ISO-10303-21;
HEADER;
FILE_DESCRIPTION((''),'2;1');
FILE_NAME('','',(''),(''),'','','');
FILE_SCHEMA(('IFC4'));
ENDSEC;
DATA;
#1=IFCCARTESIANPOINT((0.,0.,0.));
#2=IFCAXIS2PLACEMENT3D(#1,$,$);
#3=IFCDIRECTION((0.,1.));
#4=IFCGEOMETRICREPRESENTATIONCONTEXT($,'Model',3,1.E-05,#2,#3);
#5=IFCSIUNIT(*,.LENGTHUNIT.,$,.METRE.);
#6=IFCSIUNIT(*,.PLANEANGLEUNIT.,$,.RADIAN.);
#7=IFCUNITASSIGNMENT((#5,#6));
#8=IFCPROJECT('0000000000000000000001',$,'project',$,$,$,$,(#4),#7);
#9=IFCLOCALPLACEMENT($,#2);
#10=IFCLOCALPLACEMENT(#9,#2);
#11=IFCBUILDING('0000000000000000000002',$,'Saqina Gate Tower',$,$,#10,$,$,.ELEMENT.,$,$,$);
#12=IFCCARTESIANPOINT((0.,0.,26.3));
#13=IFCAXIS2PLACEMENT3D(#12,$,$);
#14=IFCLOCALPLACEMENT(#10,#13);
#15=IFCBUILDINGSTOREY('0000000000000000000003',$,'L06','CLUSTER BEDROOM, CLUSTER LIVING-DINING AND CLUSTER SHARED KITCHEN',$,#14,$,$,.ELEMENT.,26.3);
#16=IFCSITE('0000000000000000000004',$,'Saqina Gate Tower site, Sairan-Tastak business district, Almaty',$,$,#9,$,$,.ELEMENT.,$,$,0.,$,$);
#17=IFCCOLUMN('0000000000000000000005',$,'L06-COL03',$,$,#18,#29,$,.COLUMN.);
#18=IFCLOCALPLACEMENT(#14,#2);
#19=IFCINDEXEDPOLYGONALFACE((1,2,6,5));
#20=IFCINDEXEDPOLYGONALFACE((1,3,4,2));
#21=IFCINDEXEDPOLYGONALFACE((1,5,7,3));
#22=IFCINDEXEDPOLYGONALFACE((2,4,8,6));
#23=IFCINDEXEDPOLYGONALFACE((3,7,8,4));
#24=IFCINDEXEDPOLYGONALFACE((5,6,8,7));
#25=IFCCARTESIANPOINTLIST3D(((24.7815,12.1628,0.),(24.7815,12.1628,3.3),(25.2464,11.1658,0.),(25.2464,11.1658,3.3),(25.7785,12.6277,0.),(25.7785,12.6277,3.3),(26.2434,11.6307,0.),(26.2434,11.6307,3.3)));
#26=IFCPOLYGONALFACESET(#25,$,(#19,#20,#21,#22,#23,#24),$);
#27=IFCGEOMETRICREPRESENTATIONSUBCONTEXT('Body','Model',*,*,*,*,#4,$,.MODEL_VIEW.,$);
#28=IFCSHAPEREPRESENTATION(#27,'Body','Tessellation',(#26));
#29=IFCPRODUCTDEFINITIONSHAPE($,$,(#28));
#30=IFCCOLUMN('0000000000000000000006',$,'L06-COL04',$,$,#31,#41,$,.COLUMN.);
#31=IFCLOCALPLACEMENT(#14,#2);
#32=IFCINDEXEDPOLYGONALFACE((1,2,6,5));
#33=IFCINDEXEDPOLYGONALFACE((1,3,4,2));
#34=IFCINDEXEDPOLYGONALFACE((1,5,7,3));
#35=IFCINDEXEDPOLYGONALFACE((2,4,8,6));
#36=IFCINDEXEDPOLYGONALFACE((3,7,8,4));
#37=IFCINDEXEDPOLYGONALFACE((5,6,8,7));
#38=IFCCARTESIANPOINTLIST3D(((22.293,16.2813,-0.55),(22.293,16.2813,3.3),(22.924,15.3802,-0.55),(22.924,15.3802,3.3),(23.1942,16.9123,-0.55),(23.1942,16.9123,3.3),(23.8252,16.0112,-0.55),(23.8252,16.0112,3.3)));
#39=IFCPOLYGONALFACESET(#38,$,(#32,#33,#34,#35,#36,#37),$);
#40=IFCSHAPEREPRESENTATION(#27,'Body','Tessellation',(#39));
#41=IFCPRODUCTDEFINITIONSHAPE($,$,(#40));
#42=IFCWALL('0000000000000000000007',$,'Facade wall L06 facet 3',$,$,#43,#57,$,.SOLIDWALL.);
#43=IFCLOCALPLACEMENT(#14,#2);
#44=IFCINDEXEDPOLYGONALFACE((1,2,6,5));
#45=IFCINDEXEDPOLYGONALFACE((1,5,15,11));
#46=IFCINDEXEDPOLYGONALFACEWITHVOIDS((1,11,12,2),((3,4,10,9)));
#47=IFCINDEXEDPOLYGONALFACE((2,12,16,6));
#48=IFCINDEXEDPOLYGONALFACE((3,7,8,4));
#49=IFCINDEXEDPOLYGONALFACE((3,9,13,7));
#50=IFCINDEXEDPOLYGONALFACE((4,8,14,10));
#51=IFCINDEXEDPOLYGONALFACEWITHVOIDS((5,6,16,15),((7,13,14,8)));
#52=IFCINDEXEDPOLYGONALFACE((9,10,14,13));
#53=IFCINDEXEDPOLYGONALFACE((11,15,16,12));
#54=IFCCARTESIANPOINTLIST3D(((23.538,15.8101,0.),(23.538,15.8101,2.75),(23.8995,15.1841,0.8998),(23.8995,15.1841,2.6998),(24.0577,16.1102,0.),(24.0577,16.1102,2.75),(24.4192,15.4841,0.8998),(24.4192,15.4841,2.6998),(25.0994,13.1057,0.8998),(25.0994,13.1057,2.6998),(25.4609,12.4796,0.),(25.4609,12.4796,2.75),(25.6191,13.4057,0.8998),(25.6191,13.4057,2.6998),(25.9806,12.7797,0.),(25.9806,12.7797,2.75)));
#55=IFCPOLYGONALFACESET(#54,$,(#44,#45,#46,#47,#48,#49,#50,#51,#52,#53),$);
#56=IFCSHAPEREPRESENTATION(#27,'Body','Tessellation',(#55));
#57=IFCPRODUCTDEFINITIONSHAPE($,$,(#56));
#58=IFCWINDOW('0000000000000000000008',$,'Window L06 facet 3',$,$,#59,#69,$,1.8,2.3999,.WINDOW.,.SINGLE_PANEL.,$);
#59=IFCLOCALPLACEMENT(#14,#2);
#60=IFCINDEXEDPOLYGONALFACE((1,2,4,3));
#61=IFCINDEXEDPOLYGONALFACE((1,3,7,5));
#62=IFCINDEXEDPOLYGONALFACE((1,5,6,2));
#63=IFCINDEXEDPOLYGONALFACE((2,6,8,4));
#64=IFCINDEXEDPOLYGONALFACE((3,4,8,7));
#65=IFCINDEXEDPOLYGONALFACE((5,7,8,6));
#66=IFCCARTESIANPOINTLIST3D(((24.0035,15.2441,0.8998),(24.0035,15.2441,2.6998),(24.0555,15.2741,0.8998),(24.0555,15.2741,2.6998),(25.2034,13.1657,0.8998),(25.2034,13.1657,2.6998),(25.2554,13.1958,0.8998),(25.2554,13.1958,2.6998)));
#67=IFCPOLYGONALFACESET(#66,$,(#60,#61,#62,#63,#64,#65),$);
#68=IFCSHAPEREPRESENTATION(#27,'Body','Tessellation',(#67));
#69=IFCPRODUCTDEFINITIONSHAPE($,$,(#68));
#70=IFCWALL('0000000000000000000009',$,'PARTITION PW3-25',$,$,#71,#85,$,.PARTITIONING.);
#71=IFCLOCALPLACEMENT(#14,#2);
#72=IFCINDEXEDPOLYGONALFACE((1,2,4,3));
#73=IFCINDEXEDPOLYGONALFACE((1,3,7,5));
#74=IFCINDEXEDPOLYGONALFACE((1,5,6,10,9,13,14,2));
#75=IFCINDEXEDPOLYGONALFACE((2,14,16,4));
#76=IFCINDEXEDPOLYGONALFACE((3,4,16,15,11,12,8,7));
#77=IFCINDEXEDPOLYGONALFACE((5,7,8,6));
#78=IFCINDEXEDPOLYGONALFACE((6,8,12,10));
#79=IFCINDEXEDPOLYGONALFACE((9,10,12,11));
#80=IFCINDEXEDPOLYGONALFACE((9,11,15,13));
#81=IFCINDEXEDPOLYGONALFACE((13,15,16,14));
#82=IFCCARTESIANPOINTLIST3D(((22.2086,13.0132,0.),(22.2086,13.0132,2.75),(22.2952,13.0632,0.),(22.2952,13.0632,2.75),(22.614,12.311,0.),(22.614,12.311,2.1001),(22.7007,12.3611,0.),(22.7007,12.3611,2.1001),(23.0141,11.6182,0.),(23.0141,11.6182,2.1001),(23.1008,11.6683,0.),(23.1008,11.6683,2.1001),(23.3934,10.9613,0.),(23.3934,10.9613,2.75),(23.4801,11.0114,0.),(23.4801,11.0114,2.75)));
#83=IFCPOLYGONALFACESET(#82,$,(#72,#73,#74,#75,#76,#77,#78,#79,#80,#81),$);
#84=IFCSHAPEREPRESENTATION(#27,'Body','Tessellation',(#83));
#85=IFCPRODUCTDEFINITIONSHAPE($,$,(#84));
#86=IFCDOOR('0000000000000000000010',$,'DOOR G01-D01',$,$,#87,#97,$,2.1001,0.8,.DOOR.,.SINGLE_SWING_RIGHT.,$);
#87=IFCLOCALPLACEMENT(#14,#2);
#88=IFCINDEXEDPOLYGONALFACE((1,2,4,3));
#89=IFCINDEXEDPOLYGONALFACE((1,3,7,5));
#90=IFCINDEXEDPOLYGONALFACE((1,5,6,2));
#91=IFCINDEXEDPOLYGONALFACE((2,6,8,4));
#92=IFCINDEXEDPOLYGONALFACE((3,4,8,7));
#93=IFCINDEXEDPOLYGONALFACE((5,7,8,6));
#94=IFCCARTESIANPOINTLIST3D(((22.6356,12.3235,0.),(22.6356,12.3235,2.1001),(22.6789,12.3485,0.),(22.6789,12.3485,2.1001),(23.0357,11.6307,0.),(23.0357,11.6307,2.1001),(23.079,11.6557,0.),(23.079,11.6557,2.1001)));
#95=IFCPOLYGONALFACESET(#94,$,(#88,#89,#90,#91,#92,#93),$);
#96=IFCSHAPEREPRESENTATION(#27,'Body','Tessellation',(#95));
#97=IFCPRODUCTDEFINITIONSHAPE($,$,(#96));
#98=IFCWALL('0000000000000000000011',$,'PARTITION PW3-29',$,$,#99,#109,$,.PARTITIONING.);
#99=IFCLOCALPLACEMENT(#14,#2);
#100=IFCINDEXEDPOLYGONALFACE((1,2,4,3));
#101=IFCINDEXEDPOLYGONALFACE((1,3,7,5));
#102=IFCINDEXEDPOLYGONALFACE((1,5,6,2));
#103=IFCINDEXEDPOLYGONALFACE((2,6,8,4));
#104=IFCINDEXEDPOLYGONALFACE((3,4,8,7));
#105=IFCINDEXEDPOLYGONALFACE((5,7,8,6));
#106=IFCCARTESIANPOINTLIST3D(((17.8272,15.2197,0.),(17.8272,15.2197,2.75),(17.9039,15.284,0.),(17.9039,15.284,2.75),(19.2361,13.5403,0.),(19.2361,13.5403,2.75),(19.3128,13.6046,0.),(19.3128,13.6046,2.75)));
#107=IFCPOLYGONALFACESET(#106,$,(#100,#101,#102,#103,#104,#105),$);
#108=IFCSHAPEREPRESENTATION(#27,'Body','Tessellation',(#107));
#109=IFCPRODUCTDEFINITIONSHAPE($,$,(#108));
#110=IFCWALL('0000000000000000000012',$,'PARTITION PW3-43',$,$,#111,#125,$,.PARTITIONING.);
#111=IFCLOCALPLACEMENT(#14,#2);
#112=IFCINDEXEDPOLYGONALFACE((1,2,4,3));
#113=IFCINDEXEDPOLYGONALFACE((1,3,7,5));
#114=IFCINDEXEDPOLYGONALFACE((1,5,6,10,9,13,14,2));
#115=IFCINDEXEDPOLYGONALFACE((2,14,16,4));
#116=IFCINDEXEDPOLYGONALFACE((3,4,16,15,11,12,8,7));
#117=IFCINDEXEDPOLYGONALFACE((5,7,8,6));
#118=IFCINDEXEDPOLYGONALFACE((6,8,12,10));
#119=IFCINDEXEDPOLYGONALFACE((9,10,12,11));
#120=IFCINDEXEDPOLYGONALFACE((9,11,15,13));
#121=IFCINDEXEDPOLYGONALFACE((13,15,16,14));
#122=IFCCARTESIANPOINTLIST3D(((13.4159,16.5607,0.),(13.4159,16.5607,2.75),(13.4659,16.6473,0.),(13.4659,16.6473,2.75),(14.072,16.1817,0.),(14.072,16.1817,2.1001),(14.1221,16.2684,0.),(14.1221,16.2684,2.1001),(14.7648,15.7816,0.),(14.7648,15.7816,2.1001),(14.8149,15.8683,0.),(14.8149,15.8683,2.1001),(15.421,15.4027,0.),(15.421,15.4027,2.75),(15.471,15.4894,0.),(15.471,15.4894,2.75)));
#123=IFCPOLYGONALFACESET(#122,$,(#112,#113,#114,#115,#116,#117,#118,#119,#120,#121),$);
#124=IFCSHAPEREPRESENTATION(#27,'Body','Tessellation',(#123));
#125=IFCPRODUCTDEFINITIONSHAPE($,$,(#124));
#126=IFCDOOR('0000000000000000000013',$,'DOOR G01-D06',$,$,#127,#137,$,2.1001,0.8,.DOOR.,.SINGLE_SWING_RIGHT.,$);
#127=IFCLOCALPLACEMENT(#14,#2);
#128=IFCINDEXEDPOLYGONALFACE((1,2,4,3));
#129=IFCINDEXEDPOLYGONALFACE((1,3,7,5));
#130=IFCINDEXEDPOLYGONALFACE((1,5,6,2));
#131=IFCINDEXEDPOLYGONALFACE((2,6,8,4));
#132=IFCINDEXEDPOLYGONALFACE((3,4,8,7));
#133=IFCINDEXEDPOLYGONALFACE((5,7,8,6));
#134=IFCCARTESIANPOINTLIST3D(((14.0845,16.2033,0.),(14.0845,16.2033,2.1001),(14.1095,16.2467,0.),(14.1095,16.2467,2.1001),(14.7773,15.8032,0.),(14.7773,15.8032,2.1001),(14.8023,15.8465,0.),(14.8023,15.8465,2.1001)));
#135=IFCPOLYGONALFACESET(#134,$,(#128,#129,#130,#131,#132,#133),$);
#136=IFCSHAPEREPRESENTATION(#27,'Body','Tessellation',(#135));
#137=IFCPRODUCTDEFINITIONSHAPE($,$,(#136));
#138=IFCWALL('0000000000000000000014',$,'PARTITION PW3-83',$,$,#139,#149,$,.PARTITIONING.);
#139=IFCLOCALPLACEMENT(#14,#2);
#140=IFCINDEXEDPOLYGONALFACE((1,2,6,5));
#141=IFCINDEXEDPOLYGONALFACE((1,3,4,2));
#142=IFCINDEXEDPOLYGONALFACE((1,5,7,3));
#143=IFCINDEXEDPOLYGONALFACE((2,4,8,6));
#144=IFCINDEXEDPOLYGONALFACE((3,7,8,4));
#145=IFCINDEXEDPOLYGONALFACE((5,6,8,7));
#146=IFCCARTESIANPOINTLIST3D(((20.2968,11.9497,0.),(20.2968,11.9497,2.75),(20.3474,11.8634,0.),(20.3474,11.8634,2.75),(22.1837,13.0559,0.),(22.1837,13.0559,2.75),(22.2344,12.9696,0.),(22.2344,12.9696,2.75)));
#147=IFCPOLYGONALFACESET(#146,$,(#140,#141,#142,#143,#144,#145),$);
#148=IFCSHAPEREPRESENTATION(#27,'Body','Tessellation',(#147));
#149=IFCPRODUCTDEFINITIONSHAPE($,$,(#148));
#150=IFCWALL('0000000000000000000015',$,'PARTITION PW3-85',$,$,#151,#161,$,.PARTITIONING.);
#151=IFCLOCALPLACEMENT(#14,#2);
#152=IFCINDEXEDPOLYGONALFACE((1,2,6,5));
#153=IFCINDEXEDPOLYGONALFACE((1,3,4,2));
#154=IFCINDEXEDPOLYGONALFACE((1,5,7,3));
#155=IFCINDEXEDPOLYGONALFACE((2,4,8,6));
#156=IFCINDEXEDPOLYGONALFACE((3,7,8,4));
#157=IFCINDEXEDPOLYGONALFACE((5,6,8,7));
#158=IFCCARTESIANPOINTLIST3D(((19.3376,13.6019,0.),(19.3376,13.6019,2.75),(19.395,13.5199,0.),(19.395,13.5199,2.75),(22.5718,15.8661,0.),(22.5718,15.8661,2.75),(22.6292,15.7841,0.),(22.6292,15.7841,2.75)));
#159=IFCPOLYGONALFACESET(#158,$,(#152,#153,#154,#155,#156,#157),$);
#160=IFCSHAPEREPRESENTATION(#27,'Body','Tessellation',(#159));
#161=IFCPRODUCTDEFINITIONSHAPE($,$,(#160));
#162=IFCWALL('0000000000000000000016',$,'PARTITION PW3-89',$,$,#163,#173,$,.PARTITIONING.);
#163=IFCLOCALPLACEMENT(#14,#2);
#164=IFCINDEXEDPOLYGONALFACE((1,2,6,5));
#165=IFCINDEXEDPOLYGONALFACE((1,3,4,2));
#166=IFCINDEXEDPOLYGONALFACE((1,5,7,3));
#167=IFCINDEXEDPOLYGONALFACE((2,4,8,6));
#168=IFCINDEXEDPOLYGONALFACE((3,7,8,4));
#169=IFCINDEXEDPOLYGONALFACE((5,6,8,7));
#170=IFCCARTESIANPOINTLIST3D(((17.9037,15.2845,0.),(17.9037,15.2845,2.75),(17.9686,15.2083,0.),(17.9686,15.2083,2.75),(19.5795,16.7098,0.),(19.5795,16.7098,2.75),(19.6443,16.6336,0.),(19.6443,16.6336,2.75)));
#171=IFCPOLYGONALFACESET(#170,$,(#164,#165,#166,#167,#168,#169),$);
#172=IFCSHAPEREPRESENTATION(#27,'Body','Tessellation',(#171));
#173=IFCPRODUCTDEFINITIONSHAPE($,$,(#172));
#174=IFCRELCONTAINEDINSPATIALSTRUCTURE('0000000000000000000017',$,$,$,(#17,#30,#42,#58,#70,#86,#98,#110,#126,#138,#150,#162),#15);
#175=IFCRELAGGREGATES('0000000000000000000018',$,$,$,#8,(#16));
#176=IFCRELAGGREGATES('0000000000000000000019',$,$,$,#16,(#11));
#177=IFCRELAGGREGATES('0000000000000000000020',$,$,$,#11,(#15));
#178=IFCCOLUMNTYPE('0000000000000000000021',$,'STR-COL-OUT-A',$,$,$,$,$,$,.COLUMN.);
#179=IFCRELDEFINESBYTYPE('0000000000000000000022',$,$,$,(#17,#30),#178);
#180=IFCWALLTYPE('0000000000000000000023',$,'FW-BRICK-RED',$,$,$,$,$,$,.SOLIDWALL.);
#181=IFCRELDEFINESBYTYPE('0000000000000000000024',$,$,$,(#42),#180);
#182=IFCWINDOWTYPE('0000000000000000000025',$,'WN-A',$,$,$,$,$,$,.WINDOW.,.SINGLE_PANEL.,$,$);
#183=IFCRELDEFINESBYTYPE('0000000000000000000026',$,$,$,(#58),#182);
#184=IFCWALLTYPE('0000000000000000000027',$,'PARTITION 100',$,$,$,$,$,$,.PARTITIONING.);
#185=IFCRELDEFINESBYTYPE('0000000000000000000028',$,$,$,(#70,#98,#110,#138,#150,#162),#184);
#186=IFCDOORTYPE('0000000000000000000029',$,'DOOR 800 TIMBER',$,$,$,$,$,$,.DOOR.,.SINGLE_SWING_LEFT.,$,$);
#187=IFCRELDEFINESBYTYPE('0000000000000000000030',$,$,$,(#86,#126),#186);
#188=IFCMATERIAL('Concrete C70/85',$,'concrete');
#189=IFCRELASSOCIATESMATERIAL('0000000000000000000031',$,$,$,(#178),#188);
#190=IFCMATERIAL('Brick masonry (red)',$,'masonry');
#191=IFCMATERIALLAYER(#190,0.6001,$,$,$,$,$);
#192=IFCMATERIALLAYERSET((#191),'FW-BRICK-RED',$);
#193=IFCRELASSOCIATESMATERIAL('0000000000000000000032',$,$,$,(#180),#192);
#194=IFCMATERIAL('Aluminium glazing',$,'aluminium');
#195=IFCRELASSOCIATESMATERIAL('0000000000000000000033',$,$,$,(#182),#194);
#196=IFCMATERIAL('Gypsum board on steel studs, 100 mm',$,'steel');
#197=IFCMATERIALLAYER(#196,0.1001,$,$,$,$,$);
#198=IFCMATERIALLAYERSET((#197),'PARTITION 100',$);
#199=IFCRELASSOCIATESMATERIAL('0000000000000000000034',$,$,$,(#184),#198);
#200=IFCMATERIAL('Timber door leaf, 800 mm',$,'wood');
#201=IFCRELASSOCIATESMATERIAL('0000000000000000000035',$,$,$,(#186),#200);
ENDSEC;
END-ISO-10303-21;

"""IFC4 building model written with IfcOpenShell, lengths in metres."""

from ifc_helpers import new_model, si_unit, direction, frame, frame_2d, origin, origin_2d, place, context, subcontext, project, spatial, rectangle, extrude, material, layer, layer_set, material_profile, profile_set, type_object, element, fill, save


model = new_model("IFC4")

# Units and contexts
model_context = context("Model", 3, precision=1e-05, world=origin(), true_north=direction((0.0, 1.0)))
body_context = subcontext(model_context, "Body", "Model", "MODEL_VIEW")
ifc_project = project(units=[si_unit("LENGTHUNIT", "METRE"), si_unit("PLANEANGLEUNIT", "RADIAN")], contexts=[model_context])

# Site, building, storey
site_placement = place(None, origin())
site = spatial("IfcSite", under=ifc_project, at=site_placement, Name="Saqina Gate Tower site, Sairan-Tastak business district, Almaty", CompositionType="ELEMENT", RefElevation=0.0)
building_placement = place(site_placement, origin())
building = spatial("IfcBuilding", under=site, at=building_placement, Name="Saqina Gate Tower", CompositionType="ELEMENT")
storey_placement = place(building_placement, frame((0.0, 0.0, 26.3)))
storey = spatial("IfcBuildingStorey", under=building, at=storey_placement, Name="L06", Description="CLUSTER BEDROOM, CLUSTER LIVING-DINING AND CLUSTER SHARED KITCHEN", CompositionType="ELEMENT", Elevation=26.3)

# Columns
ifc_material_1 = material(Name="Concrete C70/85", Category="concrete")
ifc_material_profile = material_profile(ifc_material_1, rectangle(XDim=1.1001, YDim=1.1001, at=origin_2d()), Name="RC 1100x1100")
ifc_profile_set = profile_set([ifc_material_profile], Name="Concrete C70/85")
column_type = type_object("IfcColumnType", Name="STR-COL-OUT-A", PredefinedType="COLUMN", material=ifc_profile_set)
column_1_placement = place(storey_placement, frame((25.5125, 11.8967, 0.0), z_axis=(0.0, 0.0, 1.0), x_axis=(0.906308, 0.422618, 0.0)))
element("IfcColumn", 1, at=column_1_placement, inside=storey, type_object=column_type, Name="L06-COL03", PredefinedType="COLUMN", context=body_context, shape_type="SweptSolid", body=[
    extrude(rectangle(XDim=1.1001, YDim=1.1001, at=origin_2d()), origin(), (0.0, 0.0, 1.0), 3.3),
])
column_2_placement = place(storey_placement, frame((23.0591, 16.1462, -0.55), z_axis=(0.0, 0.0, 1.0), x_axis=(0.819152, 0.573576, 0.0)))
element("IfcColumn", 2, at=column_2_placement, inside=storey, type_object=column_type, Name="L06-COL04", PredefinedType="COLUMN", context=body_context, shape_type="SweptSolid", body=[
    extrude(rectangle(XDim=1.1001, YDim=1.1001, at=origin_2d()), origin(), (0.0, 0.0, 1.0), 3.8501),
])

# Wall, opening, window
ifc_material_2 = material(Name="Brick masonry (red)", Category="masonry")
ifc_layer_1 = layer(ifc_material_2, 0.6001)
ifc_layer_set_1 = layer_set([ifc_layer_1], Name="FW-BRICK-RED")
wall_type_1 = type_object("IfcWallType", Name="FW-BRICK-RED", PredefinedType="SOLIDWALL", material=ifc_layer_set_1)
wall_1_placement = place(storey_placement, frame((25.7207, 12.6296, 0.0), z_axis=(0.0, 0.0, 1.0), x_axis=(-0.49999, 0.866031, 0.0)))
wall_1 = element("IfcWall", 3, at=wall_1_placement, inside=storey, type_object=wall_type_1, Name="Facade wall L06 facet 3", PredefinedType="SOLIDWALL", context=body_context, shape_type="SweptSolid", body=[
    extrude(rectangle(XDim=3.8457, YDim=0.6001, at=frame_2d((1.9229, 0.0))), origin(), (0.0, 0.0, 1.0), 2.75),
])
opening_1_placement = place(wall_1_placement, frame((0.7229, 0.0, 0.8999)))
opening_1 = element("IfcOpeningElement", 4, at=opening_1_placement, cuts=wall_1, PredefinedType="OPENING", context=body_context, shape_type="SweptSolid", body=[
    extrude(rectangle(XDim=2.3999, YDim=1.8, at=frame_2d((1.2, 0.8999))), frame((0.0, 0.312, 0.0), z_axis=(0.0, -1.0, 0.0), x_axis=(1.0, 0.0, 0.0)), (0.0, 0.0, 1.0), 0.624),
])
ifc_material_3 = material(Name="Aluminium glazing", Category="aluminium")
window_type = type_object("IfcWindowType", Name="WN-A", PartitioningType="SINGLE_PANEL", PredefinedType="WINDOW", material=ifc_material_3)
window_placement = place(opening_1_placement, origin())
window = element("IfcWindow", 5, at=window_placement, inside=storey, type_object=window_type, Name="Window L06 facet 3", OverallHeight=1.8, OverallWidth=2.3999, PartitioningType="SINGLE_PANEL", PredefinedType="WINDOW", context=body_context, shape_type="SweptSolid", body=[
    extrude(rectangle(XDim=2.3999, YDim=1.8, at=frame_2d((1.2, 0.8999))), frame((0.0, 0.1799, 0.0), z_axis=(0.0, -1.0, 0.0), x_axis=(1.0, 0.0, 0.0)), (0.0, 0.0, 1.0), 0.0601),
])
fill(opening_1, window)

# Wall, opening, door
ifc_material_4 = material(Name="Gypsum board on steel studs, 100 mm", Category="steel")
ifc_layer_2 = layer(ifc_material_4, 0.1001)
ifc_layer_set_2 = layer_set([ifc_layer_2], Name="PARTITION 100")
wall_type_2 = type_object("IfcWallType", Name="PARTITION 100", PredefinedType="PARTITIONING", material=ifc_layer_set_2)
wall_2_placement = place(storey_placement, frame((22.252, 13.0381, 0.0), z_axis=(0.0, 0.0, 1.0), x_axis=(0.500073, -0.865983, 0.0)))
wall_2 = element("IfcWall", 6, at=wall_2_placement, inside=storey, type_object=wall_type_2, Name="PARTITION PW3-25", PredefinedType="PARTITIONING", context=body_context, shape_type="SweptSolid", body=[
    extrude(rectangle(XDim=2.3694, YDim=0.1001, at=frame_2d((1.1846, 0.0))), origin(), (0.0, 0.0, 1.0), 2.75),
])
opening_2_placement = place(wall_2_placement, frame((0.8108, 0.0, 0.0)))
opening_2 = element("IfcOpeningElement", 7, at=opening_2_placement, cuts=wall_2, PredefinedType="OPENING", context=body_context, shape_type="SweptSolid", body=[
    extrude(rectangle(XDim=0.8, YDim=2.1001, at=frame_2d((0.3999, 1.05))), frame((0.0, 0.062, 0.0), z_axis=(0.0, -1.0, 0.0), x_axis=(1.0, 0.0, 0.0)), (0.0, 0.0, 1.0), 0.124),
])
ifc_material_5 = material(Name="Timber door leaf, 800 mm", Category="wood")
door_type_1 = type_object("IfcDoorType", Name="DOOR 800 TIMBER", OperationType="SINGLE_SWING_LEFT", PredefinedType="DOOR", material=ifc_material_5)
door_1_placement = place(opening_2_placement, origin())
door_1 = element("IfcDoor", 8, at=door_1_placement, inside=storey, type_object=door_type_1, Name="DOOR G01-D01", OperationType="SINGLE_SWING_RIGHT", OverallHeight=2.1001, OverallWidth=0.8, PredefinedType="DOOR", context=body_context, shape_type="SweptSolid", body=[
    extrude(rectangle(XDim=0.8, YDim=2.1001, at=frame_2d((0.3999, 1.05))), frame((0.0, 0.0249, 0.0), z_axis=(0.0, -1.0, 0.0), x_axis=(1.0, 0.0, 0.0)), (0.0, 0.0, 1.0), 0.05),
])
fill(opening_2, door_1)

# Wall
wall_3_placement = place(storey_placement, frame((17.8655, 15.252, 0.0), z_axis=(0.0, 0.0, 1.0), x_axis=(0.642711, -0.766108, 0.0)))
element("IfcWall", 9, at=wall_3_placement, inside=storey, type_object=wall_type_2, Name="PARTITION PW3-29", PredefinedType="PARTITIONING", context=body_context, shape_type="SweptSolid", body=[
    extrude(rectangle(XDim=2.1921, YDim=0.1001, at=frame_2d((1.0962, 0.0))), origin(), (0.0, 0.0, 1.0), 2.75),
])

# Wall, opening, door
wall_4_placement = place(storey_placement, frame((13.4409, 16.604, 0.0), z_axis=(0.0, 0.0, 1.0), x_axis=(0.86597, -0.500097, 0.0)))
wall_4 = element("IfcWall", 10, at=wall_4_placement, inside=storey, type_object=wall_type_2, Name="PARTITION PW3-43", PredefinedType="PARTITIONING", context=body_context, shape_type="SweptSolid", body=[
    extrude(rectangle(XDim=2.3154, YDim=0.1001, at=frame_2d((1.1577, 0.0))), origin(), (0.0, 0.0, 1.0), 2.75),
])
opening_3_placement = place(wall_4_placement, frame((0.7578, 0.0, 0.0)))
opening_3 = element("IfcOpeningElement", 11, at=opening_3_placement, cuts=wall_4, PredefinedType="OPENING", context=body_context, shape_type="SweptSolid", body=[
    extrude(rectangle(XDim=0.8, YDim=2.1001, at=frame_2d((0.3999, 1.05))), frame((0.0, 0.062, 0.0), z_axis=(0.0, -1.0, 0.0), x_axis=(1.0, 0.0, 0.0)), (0.0, 0.0, 1.0), 0.124),
])
door_2_placement = place(opening_3_placement, origin())
door_2 = element("IfcDoor", 12, at=door_2_placement, inside=storey, type_object=door_type_1, Name="DOOR G01-D06", OperationType="SINGLE_SWING_RIGHT", OverallHeight=2.1001, OverallWidth=0.8, PredefinedType="DOOR", context=body_context, shape_type="SweptSolid", body=[
    extrude(rectangle(XDim=0.8, YDim=2.1001, at=frame_2d((0.3999, 1.05))), frame((0.0, 0.0249, 0.0), z_axis=(0.0, -1.0, 0.0), x_axis=(1.0, 0.0, 0.0)), (0.0, 0.0, 1.0), 0.05),
])
fill(opening_3, door_2)

# Walls
wall_5_placement = place(storey_placement, frame((20.322, 11.9065, 0.0), z_axis=(0.0, 0.0, 1.0), x_axis=(0.862688, 0.505737, 0.0)))
element("IfcWall", 13, at=wall_5_placement, inside=storey, type_object=wall_type_2, Name="PARTITION PW3-83", PredefinedType="PARTITIONING", context=body_context, shape_type="SweptSolid", body=[
    extrude(rectangle(XDim=2.1873, YDim=0.1001, at=frame_2d((1.0938, 0.0))), origin(), (0.0, 0.0, 1.0), 2.75),
])
wall_6_placement = place(storey_placement, frame((19.3662, 13.5608, 0.0), z_axis=(0.0, 0.0, 1.0), x_axis=(0.8192, 0.573508, 0.0)))
element("IfcWall", 14, at=wall_6_placement, inside=storey, type_object=wall_type_2, Name="PARTITION PW3-85", PredefinedType="PARTITIONING", context=body_context, shape_type="SweptSolid", body=[
    extrude(rectangle(XDim=3.948, YDim=0.1001, at=frame_2d((1.9741, 0.0))), origin(), (0.0, 0.0, 1.0), 2.75),
])
wall_7_placement = place(storey_placement, frame((17.936, 15.2463, 0.0), z_axis=(0.0, 0.0, 1.0), x_axis=(0.761742, 0.64788, 0.0)))
element("IfcWall", 15, at=wall_7_placement, inside=storey, type_object=wall_type_2, Name="PARTITION PW3-89", PredefinedType="PARTITIONING", context=body_context, shape_type="SweptSolid", body=[
    extrude(rectangle(XDim=2.2, YDim=0.1001, at=frame_2d((1.1001, 0.0))), origin(), (0.0, 0.0, 1.0), 2.75),
])

save(model, "model.ifc")
